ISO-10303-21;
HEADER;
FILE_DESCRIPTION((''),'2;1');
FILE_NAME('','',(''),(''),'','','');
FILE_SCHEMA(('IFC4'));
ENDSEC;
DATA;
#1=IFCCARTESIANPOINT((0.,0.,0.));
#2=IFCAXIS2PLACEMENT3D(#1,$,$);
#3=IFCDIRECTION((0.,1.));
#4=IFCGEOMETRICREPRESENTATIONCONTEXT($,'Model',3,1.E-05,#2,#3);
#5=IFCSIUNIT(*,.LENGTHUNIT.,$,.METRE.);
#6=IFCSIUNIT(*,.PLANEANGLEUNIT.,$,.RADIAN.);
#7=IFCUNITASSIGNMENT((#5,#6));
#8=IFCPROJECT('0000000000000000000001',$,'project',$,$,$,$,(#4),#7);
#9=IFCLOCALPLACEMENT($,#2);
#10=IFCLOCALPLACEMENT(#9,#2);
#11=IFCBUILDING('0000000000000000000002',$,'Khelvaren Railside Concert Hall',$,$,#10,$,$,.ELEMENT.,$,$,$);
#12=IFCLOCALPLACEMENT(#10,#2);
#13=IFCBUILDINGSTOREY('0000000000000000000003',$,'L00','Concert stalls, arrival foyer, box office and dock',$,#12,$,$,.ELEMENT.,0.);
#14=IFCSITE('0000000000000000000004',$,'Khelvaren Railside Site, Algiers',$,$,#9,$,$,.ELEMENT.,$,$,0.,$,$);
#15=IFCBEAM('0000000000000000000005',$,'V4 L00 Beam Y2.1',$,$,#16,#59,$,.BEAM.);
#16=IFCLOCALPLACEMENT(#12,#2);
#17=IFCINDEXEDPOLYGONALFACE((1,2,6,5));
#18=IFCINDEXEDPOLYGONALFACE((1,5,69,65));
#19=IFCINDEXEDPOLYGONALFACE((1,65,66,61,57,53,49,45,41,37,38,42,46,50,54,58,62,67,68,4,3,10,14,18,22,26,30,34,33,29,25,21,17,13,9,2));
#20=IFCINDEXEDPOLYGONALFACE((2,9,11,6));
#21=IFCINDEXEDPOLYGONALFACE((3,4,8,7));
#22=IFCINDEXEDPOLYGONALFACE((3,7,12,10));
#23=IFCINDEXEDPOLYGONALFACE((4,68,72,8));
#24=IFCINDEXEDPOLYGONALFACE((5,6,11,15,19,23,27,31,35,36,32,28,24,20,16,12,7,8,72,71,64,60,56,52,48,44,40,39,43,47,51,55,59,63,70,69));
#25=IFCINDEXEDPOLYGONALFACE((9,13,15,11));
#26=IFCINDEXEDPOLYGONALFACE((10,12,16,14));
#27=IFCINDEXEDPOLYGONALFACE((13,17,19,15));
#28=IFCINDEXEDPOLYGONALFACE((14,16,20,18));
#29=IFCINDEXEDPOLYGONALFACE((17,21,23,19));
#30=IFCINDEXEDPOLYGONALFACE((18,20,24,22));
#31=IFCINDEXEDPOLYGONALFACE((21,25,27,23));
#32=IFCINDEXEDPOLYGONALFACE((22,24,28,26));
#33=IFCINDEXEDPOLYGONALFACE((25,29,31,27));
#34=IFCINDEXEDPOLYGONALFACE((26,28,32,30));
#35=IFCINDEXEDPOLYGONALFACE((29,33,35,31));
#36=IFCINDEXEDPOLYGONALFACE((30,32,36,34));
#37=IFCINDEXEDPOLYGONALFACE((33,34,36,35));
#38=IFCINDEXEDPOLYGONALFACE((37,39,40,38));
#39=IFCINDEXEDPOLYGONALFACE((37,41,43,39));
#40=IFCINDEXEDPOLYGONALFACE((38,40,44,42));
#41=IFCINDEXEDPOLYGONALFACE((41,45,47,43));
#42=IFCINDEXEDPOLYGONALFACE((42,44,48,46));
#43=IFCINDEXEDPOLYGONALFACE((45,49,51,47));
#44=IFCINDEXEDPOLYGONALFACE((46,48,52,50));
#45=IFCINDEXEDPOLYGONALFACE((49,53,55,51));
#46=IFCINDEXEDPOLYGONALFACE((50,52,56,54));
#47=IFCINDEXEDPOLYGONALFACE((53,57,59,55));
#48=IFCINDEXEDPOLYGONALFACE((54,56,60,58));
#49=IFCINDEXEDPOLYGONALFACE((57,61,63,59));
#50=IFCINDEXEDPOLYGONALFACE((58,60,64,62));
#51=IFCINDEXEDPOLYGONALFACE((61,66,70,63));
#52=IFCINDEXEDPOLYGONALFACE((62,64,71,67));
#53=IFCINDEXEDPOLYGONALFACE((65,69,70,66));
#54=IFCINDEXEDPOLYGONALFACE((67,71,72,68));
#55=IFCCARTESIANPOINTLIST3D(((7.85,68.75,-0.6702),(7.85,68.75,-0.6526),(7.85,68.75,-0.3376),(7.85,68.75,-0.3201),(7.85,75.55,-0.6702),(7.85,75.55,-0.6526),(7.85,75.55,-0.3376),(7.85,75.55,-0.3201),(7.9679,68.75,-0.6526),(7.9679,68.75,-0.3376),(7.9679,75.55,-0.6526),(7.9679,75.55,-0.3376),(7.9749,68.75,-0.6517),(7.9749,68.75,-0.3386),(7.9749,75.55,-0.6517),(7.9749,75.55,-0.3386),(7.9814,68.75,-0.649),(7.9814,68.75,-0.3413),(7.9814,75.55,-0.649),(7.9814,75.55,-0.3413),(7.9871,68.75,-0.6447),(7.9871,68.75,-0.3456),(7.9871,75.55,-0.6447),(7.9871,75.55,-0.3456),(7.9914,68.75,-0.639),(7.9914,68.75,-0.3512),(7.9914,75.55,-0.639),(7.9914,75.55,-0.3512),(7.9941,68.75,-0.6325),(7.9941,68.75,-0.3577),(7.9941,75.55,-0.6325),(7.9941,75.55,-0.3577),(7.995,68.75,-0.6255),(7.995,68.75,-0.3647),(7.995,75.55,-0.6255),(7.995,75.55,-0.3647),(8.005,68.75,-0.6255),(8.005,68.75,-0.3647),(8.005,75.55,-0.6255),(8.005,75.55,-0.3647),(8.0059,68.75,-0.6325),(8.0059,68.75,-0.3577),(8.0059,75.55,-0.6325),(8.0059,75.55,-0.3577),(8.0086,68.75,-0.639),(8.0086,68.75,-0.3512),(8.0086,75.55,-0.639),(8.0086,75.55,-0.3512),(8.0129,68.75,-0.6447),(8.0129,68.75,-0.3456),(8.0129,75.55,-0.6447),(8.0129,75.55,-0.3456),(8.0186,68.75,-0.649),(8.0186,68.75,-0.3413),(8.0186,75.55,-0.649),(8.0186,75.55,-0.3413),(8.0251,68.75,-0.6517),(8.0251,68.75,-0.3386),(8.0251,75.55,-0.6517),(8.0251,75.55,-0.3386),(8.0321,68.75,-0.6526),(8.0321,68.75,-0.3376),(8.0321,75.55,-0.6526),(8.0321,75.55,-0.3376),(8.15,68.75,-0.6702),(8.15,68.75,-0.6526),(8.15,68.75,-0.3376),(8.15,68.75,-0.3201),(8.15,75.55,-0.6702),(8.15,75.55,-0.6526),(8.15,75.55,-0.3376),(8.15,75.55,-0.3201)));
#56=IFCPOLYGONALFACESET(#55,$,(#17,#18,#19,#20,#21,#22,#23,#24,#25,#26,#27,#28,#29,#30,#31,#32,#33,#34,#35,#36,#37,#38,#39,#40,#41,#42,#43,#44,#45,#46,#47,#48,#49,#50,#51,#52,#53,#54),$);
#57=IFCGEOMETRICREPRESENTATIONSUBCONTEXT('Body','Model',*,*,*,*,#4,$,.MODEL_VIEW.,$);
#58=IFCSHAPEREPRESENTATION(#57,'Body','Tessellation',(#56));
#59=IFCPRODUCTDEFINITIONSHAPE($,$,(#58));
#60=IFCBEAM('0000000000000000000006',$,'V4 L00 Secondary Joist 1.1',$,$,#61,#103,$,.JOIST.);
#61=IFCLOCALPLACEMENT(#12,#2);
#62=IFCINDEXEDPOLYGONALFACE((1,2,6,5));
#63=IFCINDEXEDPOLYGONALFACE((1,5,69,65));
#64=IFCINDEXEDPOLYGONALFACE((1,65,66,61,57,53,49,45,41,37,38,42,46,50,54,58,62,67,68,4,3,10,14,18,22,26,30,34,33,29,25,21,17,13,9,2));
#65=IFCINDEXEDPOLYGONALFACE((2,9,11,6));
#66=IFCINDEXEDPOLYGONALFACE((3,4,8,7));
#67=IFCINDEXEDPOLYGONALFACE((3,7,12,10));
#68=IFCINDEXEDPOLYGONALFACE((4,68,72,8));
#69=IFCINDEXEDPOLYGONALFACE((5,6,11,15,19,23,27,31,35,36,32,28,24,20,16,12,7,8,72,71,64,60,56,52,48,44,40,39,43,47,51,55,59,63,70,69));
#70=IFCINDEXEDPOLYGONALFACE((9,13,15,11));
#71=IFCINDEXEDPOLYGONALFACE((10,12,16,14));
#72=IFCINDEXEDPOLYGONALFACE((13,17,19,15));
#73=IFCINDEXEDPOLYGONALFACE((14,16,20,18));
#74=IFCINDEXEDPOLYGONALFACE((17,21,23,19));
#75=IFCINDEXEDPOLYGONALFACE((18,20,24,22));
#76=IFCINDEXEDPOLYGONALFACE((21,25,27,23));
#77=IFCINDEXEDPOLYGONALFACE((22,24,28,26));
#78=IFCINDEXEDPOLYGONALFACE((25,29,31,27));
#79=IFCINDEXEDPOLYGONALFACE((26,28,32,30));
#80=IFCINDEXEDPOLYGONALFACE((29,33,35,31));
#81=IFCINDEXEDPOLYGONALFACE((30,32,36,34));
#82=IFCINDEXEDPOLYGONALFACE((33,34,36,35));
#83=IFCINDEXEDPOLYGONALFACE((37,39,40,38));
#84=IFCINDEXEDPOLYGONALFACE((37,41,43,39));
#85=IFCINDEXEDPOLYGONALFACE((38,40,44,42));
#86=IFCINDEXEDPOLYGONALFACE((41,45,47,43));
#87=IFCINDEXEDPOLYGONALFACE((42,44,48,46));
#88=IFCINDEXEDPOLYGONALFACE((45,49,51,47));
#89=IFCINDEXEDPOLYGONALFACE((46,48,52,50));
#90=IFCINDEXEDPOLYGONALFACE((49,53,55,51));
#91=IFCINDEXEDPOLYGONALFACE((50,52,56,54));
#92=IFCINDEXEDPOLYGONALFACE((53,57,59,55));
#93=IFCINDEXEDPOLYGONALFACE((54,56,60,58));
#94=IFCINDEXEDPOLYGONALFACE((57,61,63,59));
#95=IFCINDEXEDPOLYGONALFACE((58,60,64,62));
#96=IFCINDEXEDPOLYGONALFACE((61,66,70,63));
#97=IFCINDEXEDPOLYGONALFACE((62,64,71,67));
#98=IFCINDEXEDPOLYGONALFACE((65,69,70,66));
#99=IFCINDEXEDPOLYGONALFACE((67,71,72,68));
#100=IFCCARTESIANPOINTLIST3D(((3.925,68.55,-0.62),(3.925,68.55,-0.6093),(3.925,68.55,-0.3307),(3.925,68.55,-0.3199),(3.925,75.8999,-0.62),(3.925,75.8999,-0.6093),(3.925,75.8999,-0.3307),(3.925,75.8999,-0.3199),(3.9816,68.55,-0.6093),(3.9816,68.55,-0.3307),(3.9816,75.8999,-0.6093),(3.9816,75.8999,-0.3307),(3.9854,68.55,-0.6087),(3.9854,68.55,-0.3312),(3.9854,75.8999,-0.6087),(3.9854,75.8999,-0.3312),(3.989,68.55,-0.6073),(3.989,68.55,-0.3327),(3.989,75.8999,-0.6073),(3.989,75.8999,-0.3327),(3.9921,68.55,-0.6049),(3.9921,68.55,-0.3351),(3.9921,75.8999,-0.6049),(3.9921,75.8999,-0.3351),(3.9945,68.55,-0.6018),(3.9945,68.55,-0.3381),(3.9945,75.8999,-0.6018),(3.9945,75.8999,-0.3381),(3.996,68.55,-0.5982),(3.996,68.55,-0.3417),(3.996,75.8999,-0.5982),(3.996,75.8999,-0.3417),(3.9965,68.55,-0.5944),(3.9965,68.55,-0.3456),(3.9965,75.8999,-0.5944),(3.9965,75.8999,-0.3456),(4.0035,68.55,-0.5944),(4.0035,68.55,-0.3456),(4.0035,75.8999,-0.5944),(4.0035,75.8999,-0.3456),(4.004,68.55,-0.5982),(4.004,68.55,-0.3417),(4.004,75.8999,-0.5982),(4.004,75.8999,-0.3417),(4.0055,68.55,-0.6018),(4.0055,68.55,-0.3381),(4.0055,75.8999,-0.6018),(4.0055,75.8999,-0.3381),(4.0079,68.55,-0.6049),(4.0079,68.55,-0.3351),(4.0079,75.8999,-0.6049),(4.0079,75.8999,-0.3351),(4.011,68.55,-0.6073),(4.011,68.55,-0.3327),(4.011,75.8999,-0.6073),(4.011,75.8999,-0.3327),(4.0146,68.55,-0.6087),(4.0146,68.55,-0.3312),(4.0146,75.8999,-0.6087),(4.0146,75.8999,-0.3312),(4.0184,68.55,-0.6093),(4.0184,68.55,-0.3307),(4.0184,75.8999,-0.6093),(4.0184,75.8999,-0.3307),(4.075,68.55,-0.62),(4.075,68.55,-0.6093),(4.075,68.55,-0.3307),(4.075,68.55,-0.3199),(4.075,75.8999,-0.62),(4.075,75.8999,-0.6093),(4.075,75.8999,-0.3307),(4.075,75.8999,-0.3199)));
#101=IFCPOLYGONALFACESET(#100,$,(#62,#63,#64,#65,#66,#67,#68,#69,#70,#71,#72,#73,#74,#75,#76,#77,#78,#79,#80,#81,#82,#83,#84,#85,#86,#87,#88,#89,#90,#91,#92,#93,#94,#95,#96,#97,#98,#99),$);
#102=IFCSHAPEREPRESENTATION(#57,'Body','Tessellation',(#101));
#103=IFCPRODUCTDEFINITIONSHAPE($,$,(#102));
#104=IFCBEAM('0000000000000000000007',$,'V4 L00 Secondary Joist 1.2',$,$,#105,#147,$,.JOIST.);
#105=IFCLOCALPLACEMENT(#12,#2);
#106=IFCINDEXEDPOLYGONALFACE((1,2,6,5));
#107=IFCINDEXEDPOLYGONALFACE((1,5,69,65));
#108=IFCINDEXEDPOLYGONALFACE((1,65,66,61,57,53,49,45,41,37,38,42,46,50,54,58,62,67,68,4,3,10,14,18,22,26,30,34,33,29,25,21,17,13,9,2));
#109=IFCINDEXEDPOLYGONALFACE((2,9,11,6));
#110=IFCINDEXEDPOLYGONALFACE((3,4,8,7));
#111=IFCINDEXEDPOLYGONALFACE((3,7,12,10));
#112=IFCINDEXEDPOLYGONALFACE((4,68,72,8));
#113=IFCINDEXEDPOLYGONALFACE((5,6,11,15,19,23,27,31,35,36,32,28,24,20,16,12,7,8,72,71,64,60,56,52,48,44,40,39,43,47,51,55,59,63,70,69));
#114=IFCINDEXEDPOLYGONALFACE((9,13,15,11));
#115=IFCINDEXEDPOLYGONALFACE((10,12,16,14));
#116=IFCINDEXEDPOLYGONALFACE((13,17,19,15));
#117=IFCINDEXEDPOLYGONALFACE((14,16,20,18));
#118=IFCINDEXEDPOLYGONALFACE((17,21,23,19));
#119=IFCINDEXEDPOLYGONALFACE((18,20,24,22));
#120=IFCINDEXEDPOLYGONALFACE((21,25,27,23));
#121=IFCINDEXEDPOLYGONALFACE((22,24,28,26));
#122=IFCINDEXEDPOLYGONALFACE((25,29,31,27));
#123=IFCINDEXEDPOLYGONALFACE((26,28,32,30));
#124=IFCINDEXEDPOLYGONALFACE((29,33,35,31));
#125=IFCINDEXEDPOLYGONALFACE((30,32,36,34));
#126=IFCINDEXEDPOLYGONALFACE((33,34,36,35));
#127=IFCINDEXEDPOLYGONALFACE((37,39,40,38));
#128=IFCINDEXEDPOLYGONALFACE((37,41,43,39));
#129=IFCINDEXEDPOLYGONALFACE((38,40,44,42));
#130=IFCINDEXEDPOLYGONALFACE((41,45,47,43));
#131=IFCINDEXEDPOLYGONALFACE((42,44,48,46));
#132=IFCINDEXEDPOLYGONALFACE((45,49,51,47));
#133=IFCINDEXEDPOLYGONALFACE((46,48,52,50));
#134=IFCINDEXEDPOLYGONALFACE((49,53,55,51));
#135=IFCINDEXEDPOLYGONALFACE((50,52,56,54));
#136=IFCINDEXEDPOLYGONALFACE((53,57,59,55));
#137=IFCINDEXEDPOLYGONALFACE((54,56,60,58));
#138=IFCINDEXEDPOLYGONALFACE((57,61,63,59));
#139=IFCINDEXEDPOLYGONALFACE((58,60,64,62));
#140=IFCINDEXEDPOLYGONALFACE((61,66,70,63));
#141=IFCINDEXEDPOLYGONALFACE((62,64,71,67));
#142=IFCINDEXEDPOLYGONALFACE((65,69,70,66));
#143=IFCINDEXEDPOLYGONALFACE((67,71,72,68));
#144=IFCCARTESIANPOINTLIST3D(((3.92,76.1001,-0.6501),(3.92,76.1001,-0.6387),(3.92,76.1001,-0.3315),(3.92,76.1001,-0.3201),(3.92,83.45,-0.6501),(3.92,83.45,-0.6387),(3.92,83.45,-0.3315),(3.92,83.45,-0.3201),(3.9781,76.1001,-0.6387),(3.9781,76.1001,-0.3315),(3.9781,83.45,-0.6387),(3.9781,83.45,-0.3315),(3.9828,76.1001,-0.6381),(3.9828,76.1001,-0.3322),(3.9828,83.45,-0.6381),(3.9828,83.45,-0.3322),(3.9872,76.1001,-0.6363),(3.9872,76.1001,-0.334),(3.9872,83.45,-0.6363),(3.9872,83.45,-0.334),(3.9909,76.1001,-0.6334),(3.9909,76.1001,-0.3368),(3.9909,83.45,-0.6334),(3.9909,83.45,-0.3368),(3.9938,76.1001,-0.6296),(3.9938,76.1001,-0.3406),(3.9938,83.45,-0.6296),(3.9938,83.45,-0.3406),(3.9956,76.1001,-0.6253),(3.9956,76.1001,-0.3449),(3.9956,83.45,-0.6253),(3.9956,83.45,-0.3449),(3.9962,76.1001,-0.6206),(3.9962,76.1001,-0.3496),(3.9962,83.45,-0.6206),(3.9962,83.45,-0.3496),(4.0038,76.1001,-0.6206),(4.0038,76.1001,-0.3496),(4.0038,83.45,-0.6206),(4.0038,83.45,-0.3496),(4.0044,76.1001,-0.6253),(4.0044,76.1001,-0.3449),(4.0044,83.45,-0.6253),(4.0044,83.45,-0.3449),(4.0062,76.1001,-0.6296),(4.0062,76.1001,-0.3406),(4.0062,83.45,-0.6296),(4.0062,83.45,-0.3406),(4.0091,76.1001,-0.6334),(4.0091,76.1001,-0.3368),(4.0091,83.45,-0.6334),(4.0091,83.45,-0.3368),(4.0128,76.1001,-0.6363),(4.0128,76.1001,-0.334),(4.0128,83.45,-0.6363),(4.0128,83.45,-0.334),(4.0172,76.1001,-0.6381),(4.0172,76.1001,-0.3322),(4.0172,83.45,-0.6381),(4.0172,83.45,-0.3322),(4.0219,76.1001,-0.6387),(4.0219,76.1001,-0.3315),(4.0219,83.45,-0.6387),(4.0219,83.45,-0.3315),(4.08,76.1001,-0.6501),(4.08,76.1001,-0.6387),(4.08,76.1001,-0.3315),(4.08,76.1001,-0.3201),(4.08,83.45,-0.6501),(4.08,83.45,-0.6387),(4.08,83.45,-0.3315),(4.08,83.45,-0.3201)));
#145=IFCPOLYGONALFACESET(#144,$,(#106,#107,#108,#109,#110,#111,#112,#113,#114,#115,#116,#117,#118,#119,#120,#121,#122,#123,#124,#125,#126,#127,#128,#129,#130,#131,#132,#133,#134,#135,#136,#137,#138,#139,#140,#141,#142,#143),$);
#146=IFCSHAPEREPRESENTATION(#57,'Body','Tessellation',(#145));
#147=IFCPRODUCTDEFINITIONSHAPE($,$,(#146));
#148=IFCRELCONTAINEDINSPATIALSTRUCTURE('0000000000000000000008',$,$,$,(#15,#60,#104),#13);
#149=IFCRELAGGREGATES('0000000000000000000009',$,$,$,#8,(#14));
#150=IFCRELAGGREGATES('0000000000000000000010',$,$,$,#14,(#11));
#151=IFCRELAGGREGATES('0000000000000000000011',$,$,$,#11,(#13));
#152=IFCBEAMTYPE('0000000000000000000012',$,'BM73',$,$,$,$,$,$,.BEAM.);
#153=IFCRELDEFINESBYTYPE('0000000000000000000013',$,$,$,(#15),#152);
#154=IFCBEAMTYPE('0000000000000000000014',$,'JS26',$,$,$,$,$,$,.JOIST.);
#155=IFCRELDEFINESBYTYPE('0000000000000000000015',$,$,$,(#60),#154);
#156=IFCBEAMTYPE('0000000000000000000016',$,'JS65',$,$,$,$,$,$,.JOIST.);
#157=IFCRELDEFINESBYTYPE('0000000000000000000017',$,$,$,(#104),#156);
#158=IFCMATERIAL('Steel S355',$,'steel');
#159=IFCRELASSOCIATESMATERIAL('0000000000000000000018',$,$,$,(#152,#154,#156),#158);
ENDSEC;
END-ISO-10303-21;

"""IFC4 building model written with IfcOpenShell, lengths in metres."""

from ifc_helpers import new_model, si_unit, direction, frame, origin, origin_2d, place, context, subcontext, project, spatial, i_section, extrude, material, material_profile, profile_set, type_object, element, save


model = new_model("IFC4")

# Units and contexts
model_context = context("Model", 3, precision=1e-05, world=origin(), true_north=direction((0.0, 1.0)))
body_context = subcontext(model_context, "Body", "Model", "MODEL_VIEW")
ifc_project = project(units=[si_unit("LENGTHUNIT", "METRE"), si_unit("PLANEANGLEUNIT", "RADIAN")], contexts=[model_context])

# Site, building, storey
site_placement = place(None, origin())
site = spatial("IfcSite", under=ifc_project, at=site_placement, Name="Khelvaren Railside Site, Algiers", CompositionType="ELEMENT", RefElevation=0.0)
building_placement = place(site_placement, origin())
building = spatial("IfcBuilding", under=site, at=building_placement, Name="Khelvaren Railside Concert Hall", CompositionType="ELEMENT")
storey_placement = place(building_placement, origin())
storey = spatial("IfcBuildingStorey", under=building, at=storey_placement, Name="L00", Description="Concert stalls, arrival foyer, box office and dock", CompositionType="ELEMENT", Elevation=0.0)

# Beams
ifc_material_1 = material(Name="Steel S355", Category="steel")
ifc_material_profile_1 = material_profile(ifc_material_1, i_section(OverallWidth=0.3, OverallDepth=0.3501, WebThickness=0.01, FlangeThickness=0.0176, FilletRadius=0.0271, at=origin_2d()), Name="HEA 360")
ifc_profile_set_1 = profile_set([ifc_material_profile_1], Name="Steel S355")
beam_type_1 = type_object("IfcBeamType", Name="BM73", PredefinedType="BEAM", material=ifc_profile_set_1)
beam_1_placement = place(storey_placement, frame((8.0, 68.75, -0.4951), z_axis=(0.0, 1.0, 0.0), x_axis=(-1.0, 0.0, 0.0)))
element("IfcBeam", 1, at=beam_1_placement, inside=storey, type_object=beam_type_1, Name="V4 L00 Beam Y2.1", PredefinedType="BEAM", context=body_context, shape_type="SweptSolid", body=[
    extrude(i_section(OverallWidth=0.3, OverallDepth=0.3501, WebThickness=0.01, FlangeThickness=0.0176, FilletRadius=0.0271, at=origin_2d()), origin(), (0.0, 0.0, 1.0), 6.8),
])
ifc_material_profile_2 = material_profile(ifc_material_1, i_section(OverallWidth=0.1499, OverallDepth=0.3, WebThickness=0.0071, FlangeThickness=0.0107, FilletRadius=0.0149, at=origin_2d()), Name="IPE 300")
ifc_profile_set_2 = profile_set([ifc_material_profile_2], Name="Steel S355")
beam_type_2 = type_object("IfcBeamType", Name="JS26", PredefinedType="JOIST", material=ifc_profile_set_2)
beam_2_placement = place(storey_placement, frame((4.0, 68.55, -0.47), z_axis=(0.0, 1.0, 0.0), x_axis=(-1.0, 0.0, 0.0)))
element("IfcBeam", 2, at=beam_2_placement, inside=storey, type_object=beam_type_2, Name="V4 L00 Secondary Joist 1.1", PredefinedType="JOIST", context=body_context, shape_type="SweptSolid", body=[
    extrude(i_section(OverallWidth=0.1499, OverallDepth=0.3, WebThickness=0.0071, FlangeThickness=0.0107, FilletRadius=0.0149, at=origin_2d()), origin(), (0.0, 0.0, 1.0), 7.3499),
])
ifc_material_profile_3 = material_profile(ifc_material_1, i_section(OverallWidth=0.1599, OverallDepth=0.3301, WebThickness=0.0076, FlangeThickness=0.0115, FilletRadius=0.0181, at=origin_2d()), Name="IPE 330")
ifc_profile_set_3 = profile_set([ifc_material_profile_3], Name="Steel S355")
beam_type_3 = type_object("IfcBeamType", Name="JS65", PredefinedType="JOIST", material=ifc_profile_set_3)
beam_3_placement = place(storey_placement, frame((4.0, 76.1001, -0.4851), z_axis=(0.0, 1.0, 0.0), x_axis=(-1.0, 0.0, 0.0)))
element("IfcBeam", 3, at=beam_3_placement, inside=storey, type_object=beam_type_3, Name="V4 L00 Secondary Joist 1.2", PredefinedType="JOIST", context=body_context, shape_type="SweptSolid", body=[
    extrude(i_section(OverallWidth=0.1599, OverallDepth=0.3301, WebThickness=0.0076, FlangeThickness=0.0115, FilletRadius=0.0181, at=origin_2d()), origin(), (0.0, 0.0, 1.0), 7.3499),
])

save(model, "model.ifc")
